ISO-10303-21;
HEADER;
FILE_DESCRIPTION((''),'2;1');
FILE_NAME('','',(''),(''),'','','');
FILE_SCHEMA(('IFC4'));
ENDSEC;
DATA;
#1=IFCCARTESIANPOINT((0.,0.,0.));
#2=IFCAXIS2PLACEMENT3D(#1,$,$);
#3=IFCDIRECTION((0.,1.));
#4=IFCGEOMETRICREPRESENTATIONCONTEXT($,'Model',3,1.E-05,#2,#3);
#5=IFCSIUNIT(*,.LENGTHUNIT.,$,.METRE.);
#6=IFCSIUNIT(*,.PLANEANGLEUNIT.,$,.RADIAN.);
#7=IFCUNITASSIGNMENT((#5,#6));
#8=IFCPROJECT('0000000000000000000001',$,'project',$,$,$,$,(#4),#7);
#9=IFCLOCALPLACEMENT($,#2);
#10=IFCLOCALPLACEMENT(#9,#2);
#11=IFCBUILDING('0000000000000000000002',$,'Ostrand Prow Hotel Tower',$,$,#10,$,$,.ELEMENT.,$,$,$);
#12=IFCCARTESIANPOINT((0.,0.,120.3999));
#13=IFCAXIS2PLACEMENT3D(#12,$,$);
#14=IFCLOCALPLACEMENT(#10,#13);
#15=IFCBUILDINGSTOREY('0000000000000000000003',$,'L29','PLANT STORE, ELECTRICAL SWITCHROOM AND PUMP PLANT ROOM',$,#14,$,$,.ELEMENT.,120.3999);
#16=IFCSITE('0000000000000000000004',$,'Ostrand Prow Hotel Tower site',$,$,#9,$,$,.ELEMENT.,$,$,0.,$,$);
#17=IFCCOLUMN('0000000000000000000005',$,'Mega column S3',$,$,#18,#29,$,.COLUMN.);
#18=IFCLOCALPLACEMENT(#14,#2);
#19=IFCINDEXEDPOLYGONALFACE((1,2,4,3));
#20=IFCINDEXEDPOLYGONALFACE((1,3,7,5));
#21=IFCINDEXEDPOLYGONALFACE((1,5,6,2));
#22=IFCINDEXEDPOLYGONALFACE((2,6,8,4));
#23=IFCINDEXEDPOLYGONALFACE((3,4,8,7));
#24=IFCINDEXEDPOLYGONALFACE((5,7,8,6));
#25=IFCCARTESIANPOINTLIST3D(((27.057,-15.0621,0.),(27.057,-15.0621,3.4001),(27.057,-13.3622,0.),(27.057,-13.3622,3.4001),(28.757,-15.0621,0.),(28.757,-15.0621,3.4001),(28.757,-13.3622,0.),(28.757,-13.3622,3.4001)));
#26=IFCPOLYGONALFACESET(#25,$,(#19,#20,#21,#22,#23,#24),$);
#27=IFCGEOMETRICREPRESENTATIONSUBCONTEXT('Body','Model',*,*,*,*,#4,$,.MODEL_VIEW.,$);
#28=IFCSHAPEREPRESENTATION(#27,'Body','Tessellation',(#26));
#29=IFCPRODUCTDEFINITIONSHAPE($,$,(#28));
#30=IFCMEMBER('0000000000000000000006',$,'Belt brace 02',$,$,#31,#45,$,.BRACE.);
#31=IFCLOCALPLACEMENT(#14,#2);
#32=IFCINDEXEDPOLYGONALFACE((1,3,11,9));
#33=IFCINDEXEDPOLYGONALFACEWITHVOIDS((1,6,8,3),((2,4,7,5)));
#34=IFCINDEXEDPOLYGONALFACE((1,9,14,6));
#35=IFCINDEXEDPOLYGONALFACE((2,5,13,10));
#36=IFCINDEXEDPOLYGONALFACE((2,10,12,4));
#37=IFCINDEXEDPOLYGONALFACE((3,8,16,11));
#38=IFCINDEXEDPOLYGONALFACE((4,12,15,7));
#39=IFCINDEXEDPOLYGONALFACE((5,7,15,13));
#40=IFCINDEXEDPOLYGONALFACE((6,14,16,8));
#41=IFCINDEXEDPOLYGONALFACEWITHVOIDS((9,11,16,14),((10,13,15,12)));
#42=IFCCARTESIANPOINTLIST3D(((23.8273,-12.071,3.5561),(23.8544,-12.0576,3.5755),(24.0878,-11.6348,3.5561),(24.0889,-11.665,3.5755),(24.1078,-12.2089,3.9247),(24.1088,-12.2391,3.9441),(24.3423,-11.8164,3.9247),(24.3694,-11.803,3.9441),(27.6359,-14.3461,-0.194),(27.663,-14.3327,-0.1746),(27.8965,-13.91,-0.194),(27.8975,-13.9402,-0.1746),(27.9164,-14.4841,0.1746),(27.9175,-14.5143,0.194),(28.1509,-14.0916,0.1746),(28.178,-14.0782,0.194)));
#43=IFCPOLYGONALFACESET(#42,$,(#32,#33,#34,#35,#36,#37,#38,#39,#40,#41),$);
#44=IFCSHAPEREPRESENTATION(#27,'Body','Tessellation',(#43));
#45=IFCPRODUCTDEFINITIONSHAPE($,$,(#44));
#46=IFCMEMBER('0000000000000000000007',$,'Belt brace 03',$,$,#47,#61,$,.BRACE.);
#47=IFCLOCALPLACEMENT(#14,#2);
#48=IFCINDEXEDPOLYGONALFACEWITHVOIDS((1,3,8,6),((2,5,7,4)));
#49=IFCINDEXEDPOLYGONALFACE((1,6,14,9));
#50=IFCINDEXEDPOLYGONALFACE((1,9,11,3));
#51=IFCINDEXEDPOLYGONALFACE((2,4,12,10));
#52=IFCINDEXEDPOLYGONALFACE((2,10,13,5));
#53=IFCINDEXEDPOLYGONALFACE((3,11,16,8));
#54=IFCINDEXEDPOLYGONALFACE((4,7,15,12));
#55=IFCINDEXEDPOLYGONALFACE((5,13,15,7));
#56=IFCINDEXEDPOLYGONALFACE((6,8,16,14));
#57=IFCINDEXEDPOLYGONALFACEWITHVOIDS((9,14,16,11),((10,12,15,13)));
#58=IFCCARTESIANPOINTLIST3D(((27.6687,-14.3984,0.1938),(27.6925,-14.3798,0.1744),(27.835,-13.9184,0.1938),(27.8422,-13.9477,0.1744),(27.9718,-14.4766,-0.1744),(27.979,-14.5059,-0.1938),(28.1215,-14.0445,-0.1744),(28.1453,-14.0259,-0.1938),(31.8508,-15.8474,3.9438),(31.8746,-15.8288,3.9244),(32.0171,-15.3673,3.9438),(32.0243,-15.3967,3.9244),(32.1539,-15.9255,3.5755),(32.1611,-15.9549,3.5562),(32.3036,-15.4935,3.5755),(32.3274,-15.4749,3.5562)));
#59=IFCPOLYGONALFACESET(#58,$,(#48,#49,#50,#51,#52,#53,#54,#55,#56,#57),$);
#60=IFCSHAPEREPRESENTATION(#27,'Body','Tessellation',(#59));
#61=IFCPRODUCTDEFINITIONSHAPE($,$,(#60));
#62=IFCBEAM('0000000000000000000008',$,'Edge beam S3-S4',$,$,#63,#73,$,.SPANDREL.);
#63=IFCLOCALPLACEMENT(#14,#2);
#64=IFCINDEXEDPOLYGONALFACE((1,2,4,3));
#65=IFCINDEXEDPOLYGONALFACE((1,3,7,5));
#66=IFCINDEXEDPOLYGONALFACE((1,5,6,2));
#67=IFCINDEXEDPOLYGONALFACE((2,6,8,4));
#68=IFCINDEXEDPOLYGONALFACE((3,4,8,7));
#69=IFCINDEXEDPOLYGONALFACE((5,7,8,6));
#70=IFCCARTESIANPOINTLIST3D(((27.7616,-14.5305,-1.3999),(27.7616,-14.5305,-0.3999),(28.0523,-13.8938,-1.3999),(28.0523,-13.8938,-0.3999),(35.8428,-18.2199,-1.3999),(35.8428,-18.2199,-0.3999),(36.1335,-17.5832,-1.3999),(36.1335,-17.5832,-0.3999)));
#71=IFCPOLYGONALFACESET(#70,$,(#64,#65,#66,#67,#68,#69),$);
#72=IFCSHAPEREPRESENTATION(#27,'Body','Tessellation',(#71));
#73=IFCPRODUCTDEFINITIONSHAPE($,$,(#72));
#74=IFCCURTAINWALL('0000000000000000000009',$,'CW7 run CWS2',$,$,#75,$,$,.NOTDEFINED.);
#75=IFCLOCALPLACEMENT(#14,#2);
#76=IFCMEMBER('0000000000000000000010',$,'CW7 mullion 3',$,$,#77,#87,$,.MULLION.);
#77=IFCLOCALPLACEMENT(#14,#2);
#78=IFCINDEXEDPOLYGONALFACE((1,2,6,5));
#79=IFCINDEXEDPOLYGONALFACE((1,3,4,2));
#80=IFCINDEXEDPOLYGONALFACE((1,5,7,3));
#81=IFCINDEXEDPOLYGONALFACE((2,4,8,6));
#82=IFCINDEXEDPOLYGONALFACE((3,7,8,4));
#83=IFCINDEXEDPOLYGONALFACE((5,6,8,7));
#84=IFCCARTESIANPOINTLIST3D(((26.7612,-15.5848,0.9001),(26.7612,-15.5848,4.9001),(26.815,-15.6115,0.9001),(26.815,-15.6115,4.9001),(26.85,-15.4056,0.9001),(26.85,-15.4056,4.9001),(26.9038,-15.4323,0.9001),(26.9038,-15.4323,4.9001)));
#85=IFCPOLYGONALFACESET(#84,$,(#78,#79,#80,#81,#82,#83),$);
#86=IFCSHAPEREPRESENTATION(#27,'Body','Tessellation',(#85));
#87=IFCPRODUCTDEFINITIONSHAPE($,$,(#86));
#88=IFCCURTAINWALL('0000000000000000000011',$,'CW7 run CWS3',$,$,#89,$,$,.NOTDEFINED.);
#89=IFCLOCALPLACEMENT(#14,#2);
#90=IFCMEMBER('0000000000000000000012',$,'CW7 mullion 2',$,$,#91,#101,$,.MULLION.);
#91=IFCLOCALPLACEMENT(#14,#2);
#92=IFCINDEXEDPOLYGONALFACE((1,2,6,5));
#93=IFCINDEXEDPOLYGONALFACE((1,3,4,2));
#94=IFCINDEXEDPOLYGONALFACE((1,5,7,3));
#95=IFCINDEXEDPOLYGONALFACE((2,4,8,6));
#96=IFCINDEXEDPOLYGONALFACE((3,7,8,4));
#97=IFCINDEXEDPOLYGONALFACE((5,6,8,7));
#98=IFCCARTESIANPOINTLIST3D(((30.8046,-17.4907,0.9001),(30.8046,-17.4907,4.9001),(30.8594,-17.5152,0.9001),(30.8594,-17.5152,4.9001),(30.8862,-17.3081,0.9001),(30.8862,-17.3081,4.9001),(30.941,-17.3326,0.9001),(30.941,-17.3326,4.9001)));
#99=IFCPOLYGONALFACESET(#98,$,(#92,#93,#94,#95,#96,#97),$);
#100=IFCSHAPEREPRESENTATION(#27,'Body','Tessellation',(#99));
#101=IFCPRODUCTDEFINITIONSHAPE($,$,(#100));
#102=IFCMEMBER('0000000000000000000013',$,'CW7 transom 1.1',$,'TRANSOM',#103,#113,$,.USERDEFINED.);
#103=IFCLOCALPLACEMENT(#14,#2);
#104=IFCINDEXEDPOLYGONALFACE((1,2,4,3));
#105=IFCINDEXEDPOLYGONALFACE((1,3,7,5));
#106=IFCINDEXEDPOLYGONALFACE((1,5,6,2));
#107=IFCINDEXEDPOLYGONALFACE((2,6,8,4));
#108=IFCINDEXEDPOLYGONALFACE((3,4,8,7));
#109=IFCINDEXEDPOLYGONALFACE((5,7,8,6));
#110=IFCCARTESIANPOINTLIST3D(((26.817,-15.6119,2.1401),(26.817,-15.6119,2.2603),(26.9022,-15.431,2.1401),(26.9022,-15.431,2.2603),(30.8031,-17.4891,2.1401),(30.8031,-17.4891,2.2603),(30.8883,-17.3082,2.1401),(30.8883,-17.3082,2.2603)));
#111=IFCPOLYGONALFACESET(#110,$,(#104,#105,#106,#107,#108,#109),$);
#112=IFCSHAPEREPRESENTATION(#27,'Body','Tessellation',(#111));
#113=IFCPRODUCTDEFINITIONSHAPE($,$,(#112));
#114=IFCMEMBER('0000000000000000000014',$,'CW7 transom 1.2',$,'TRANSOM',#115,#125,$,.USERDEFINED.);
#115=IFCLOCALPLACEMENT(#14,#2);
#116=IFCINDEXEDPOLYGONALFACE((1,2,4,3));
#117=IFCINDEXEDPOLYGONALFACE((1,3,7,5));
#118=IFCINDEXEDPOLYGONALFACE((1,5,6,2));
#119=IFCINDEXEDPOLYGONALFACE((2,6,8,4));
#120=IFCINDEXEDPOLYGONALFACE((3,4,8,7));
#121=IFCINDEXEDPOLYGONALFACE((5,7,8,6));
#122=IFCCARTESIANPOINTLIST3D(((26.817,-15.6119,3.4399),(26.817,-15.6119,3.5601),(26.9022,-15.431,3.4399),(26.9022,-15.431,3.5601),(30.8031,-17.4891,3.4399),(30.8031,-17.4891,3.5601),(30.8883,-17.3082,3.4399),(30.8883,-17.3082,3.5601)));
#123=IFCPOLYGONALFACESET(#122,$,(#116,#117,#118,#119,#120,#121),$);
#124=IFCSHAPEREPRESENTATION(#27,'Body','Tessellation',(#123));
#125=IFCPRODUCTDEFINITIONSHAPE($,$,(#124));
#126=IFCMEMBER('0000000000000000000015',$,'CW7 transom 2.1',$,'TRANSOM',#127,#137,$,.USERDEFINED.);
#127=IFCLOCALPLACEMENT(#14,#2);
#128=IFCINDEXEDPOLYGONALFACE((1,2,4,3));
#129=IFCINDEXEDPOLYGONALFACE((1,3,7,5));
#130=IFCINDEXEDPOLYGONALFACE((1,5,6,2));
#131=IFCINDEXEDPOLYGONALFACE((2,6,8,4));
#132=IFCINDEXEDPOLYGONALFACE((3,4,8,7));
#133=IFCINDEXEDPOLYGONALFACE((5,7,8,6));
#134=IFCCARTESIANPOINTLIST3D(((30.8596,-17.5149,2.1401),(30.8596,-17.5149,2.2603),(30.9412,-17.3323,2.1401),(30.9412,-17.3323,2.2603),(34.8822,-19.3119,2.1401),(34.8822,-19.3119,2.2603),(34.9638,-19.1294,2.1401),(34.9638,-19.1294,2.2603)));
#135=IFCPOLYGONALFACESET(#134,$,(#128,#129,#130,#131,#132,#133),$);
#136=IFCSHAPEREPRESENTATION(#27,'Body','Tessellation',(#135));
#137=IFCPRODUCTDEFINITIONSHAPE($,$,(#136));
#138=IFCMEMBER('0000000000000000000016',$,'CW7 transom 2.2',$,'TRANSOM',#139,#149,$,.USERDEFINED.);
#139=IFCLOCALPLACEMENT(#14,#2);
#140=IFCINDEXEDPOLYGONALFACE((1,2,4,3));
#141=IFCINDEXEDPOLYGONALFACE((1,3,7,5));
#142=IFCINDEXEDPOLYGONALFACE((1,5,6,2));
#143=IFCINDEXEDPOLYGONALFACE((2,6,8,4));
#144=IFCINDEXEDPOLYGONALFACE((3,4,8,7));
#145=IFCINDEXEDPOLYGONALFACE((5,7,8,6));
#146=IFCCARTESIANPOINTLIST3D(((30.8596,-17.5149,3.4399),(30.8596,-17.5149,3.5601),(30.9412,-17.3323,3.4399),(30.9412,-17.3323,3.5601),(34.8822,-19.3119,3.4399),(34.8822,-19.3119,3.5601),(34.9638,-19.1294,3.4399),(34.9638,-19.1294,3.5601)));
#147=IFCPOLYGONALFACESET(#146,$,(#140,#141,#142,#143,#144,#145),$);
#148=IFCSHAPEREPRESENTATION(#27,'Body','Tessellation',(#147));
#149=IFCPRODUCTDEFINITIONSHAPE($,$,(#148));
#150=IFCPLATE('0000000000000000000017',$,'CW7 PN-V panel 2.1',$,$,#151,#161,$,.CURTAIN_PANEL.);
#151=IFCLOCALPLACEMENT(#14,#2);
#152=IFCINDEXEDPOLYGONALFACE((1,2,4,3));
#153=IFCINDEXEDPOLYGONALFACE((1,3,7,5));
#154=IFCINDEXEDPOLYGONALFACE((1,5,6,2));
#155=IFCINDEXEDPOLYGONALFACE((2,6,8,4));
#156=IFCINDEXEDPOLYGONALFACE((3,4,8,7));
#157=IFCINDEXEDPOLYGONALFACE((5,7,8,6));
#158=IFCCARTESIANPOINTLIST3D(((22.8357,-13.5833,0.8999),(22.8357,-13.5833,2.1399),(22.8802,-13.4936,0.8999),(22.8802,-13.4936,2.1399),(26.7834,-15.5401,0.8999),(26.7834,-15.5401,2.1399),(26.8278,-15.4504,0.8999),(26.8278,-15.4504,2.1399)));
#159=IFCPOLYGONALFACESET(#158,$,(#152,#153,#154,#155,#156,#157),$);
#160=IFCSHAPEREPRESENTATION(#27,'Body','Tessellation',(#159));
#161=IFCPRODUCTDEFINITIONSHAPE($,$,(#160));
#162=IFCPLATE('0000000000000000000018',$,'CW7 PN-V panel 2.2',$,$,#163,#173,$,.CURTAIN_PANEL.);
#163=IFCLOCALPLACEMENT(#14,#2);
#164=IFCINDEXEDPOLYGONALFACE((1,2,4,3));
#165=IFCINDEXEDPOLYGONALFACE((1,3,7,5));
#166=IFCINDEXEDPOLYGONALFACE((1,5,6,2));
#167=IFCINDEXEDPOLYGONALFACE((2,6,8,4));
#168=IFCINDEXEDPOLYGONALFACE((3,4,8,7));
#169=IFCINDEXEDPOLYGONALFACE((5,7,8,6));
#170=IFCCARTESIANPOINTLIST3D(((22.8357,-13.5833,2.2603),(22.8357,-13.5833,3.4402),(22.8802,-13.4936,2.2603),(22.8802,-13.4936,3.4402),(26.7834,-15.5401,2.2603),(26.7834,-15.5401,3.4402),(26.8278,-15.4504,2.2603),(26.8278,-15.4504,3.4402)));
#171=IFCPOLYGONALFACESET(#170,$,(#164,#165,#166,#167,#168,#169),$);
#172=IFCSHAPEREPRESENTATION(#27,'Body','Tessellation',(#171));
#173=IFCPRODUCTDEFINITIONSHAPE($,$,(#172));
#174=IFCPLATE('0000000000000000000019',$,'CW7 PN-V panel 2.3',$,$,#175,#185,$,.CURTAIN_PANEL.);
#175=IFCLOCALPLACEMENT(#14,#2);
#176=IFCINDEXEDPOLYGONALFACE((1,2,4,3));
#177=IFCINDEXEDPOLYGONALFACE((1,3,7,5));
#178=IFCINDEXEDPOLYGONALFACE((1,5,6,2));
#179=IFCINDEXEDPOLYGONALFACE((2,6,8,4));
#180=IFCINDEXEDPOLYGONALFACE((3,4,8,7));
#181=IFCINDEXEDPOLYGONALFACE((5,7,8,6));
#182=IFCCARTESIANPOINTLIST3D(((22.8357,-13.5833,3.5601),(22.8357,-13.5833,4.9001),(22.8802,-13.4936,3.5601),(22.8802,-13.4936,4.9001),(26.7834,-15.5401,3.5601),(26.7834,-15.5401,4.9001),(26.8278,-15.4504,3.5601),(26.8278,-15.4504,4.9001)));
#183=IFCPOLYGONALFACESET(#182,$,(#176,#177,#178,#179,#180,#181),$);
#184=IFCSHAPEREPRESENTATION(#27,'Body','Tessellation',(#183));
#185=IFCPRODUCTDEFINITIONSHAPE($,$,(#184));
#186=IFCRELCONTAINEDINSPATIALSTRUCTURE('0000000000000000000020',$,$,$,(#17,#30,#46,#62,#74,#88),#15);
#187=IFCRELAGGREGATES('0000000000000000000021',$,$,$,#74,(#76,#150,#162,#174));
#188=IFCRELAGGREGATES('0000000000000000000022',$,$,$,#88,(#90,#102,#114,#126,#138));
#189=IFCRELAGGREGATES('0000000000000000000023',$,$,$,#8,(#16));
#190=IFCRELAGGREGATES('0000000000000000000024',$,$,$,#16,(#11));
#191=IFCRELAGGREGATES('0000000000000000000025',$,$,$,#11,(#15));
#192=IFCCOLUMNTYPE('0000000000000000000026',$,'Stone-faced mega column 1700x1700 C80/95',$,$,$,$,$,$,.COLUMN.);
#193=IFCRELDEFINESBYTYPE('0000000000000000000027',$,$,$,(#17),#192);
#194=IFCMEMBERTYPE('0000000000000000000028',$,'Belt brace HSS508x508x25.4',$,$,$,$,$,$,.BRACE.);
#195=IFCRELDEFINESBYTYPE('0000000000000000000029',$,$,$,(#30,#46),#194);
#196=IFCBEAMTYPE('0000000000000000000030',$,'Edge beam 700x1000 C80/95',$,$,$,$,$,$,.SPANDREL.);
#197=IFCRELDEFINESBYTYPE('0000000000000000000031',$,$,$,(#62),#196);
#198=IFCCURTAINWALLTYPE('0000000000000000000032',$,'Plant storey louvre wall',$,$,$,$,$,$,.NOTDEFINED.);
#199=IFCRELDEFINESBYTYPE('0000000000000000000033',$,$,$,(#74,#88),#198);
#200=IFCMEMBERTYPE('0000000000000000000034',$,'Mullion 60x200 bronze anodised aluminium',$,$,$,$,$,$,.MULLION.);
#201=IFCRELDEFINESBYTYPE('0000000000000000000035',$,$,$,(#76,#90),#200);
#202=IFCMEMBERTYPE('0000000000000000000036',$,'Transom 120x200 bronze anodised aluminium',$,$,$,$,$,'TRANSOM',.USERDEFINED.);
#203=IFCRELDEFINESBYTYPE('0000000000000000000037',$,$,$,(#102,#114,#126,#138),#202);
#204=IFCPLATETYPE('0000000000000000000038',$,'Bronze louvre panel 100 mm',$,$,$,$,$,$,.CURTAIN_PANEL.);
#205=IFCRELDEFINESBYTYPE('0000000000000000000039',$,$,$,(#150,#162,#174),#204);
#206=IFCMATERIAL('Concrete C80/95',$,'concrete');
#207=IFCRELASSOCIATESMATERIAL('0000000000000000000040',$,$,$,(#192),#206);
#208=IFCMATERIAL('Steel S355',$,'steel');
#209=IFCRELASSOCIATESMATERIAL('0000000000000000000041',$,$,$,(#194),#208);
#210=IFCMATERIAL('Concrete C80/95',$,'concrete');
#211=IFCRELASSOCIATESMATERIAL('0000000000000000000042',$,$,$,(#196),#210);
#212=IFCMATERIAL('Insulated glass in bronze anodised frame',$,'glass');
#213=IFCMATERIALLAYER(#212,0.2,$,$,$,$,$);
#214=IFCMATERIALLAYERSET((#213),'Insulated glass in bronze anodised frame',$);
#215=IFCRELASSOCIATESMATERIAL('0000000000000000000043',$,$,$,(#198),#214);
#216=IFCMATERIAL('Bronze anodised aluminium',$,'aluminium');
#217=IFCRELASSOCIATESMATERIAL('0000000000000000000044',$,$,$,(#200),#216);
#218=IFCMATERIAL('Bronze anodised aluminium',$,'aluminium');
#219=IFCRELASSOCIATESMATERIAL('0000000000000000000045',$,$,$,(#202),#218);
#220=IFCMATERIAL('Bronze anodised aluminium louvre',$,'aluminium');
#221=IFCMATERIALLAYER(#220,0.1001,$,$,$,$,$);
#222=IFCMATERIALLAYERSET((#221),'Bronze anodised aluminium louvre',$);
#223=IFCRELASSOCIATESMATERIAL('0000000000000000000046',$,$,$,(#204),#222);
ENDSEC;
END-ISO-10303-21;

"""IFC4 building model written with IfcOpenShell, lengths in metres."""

from ifc_helpers import new_model, si_unit, direction, frame, origin, origin_2d, place, context, subcontext, project, spatial, rectangle, hollow_rectangle, extrude, material, layer, layer_set, material_profile, profile_set, type_object, element, aggregate, save


model = new_model("IFC4")

# Units and contexts
model_context = context("Model", 3, precision=1e-05, world=origin(), true_north=direction((0.0, 1.0)))
body_context = subcontext(model_context, "Body", "Model", "MODEL_VIEW")
ifc_project = project(units=[si_unit("LENGTHUNIT", "METRE"), si_unit("PLANEANGLEUNIT", "RADIAN")], contexts=[model_context])

# Site, building, storey
site_placement = place(None, origin())
site = spatial("IfcSite", under=ifc_project, at=site_placement, Name="Ostrand Prow Hotel Tower site", CompositionType="ELEMENT", RefElevation=0.0)
building_placement = place(site_placement, origin())
building = spatial("IfcBuilding", under=site, at=building_placement, Name="Ostrand Prow Hotel Tower", CompositionType="ELEMENT")
storey_placement = place(building_placement, frame((0.0, 0.0, 120.3999)))
storey = spatial("IfcBuildingStorey", under=building, at=storey_placement, Name="L29", Description="PLANT STORE, ELECTRICAL SWITCHROOM AND PUMP PLANT ROOM", CompositionType="ELEMENT", Elevation=120.3999)

# Column
ifc_material_1 = material(Name="Concrete C80/95", Category="concrete")
ifc_material_profile_1 = material_profile(ifc_material_1, rectangle(XDim=1.7, YDim=1.7, at=origin_2d()), Name="RC 1700x1700")
ifc_profile_set_1 = profile_set([ifc_material_profile_1], Name="Concrete C80/95")
column_type = type_object("IfcColumnType", Name="Stone-faced mega column 1700x1700 C80/95", PredefinedType="COLUMN", material=ifc_profile_set_1)
column_placement = place(storey_placement, frame((27.907, -14.2122, 0.0), z_axis=(0.0, 0.0, 1.0), x_axis=(1.0, 0.0, 0.0)))
element("IfcColumn", 1, at=column_placement, inside=storey, type_object=column_type, Name="Mega column S3", PredefinedType="COLUMN", context=body_context, shape_type="SweptSolid", body=[
    extrude(rectangle(XDim=1.7, YDim=1.7, at=origin_2d()), origin(), (0.0, 0.0, 1.0), 3.4001),
])

# Members
ifc_material_2 = material(Name="Steel S355", Category="steel")
ifc_material_profile_2 = material_profile(ifc_material_2, hollow_rectangle(XDim=0.5081, YDim=0.5081, WallThickness=0.0254, at=origin_2d()), Name="HSS508x508x25.4")
ifc_profile_set_2 = profile_set([ifc_material_profile_2], Name="Steel S355")
member_type_1 = type_object("IfcMemberType", Name="Belt brace HSS508x508x25.4", PredefinedType="BRACE", material=ifc_profile_set_2)
member_1_placement = place(storey_placement, frame((27.907, -14.2122, 0.0), z_axis=(-0.65564, 0.391661, 0.645553), x_axis=(-0.512836, -0.858487, 0.0)))
element("IfcMember", 2, at=member_1_placement, inside=storey, type_object=member_type_1, Name="Belt brace 02", PredefinedType="BRACE", context=body_context, shape_type="SweptSolid", body=[
    extrude(hollow_rectangle(XDim=0.5081, YDim=0.5081, WallThickness=0.0254, at=origin_2d()), origin(), (0.0, 0.0, 1.0), 5.8091),
])
member_2_placement = place(storey_placement, frame((27.907, -14.2122, 0.0), z_axis=(0.720926, -0.249778, 0.646434), x_axis=(0.327376, 0.944894, 0.0)))
element("IfcMember", 3, at=member_2_placement, inside=storey, type_object=member_type_1, Name="Belt brace 03", PredefinedType="BRACE", context=body_context, shape_type="SweptSolid", body=[
    extrude(hollow_rectangle(XDim=0.5081, YDim=0.5081, WallThickness=0.0254, at=origin_2d()), origin(), (0.0, 0.0, 1.0), 5.801),
])

# Beam
ifc_material_3 = material(Name="Concrete C80/95", Category="concrete")
ifc_material_profile_3 = material_profile(ifc_material_3, rectangle(XDim=0.7, YDim=1.0, at=origin_2d()), Name="RC 700x1000")
ifc_profile_set_3 = profile_set([ifc_material_profile_3], Name="Concrete C80/95")
beam_type = type_object("IfcBeamType", Name="Edge beam 700x1000 C80/95", PredefinedType="SPANDREL", material=ifc_profile_set_3)
beam_placement = place(storey_placement, frame((27.907, -14.2122, -0.8999), z_axis=(0.909681, -0.415308, 0.0), x_axis=(0.415308, 0.909681, 0.0)))
element("IfcBeam", 4, at=beam_placement, inside=storey, type_object=beam_type, Name="Edge beam S3-S4", PredefinedType="SPANDREL", context=body_context, shape_type="SweptSolid", body=[
    extrude(rectangle(XDim=0.7, YDim=1.0, at=origin_2d()), origin(), (0.0, 0.0, 1.0), 8.8835),
])

# Curtain wall, member
ifc_material_4 = material(Name="Insulated glass in bronze anodised frame", Category="glass")
ifc_layer_1 = layer(ifc_material_4, 0.2)
ifc_layer_set_1 = layer_set([ifc_layer_1], Name="Insulated glass in bronze anodised frame")
curtain_wall_type = type_object("IfcCurtainWallType", Name="Plant storey louvre wall", PredefinedType="NOTDEFINED", material=ifc_layer_set_1)
curtain_wall_1_placement = place(storey_placement, origin())
curtain_wall_1 = element("IfcCurtainWall", 5, at=curtain_wall_1_placement, inside=storey, type_object=curtain_wall_type, Name="CW7 run CWS2", PredefinedType="NOTDEFINED")
ifc_material_5 = material(Name="Bronze anodised aluminium", Category="aluminium")
ifc_material_profile_4 = material_profile(ifc_material_5, rectangle(XDim=0.2, YDim=0.0601, at=origin_2d()), Name="Mullion 60x200 bronze anodised aluminium")
ifc_profile_set_4 = profile_set([ifc_material_profile_4], Name="Bronze anodised aluminium")
member_type_2 = type_object("IfcMemberType", Name="Mullion 60x200 bronze anodised aluminium", PredefinedType="MULLION", material=ifc_profile_set_4)
member_3_placement = place(storey_placement, frame((26.8325, -15.5085, 0.9001), z_axis=(0.0, 0.0, 1.0), x_axis=(0.444113, 0.895971, 0.0)))
member_3 = element("IfcMember", 6, at=member_3_placement, type_object=member_type_2, Name="CW7 mullion 3", PredefinedType="MULLION", context=body_context, shape_type="SweptSolid", body=[
    extrude(rectangle(XDim=0.2, YDim=0.0601, at=origin_2d()), origin(), (0.0, 0.0, 1.0), 4.0),
])

# Curtain wall, members
curtain_wall_2_placement = place(storey_placement, origin())
curtain_wall_2 = element("IfcCurtainWall", 7, at=curtain_wall_2_placement, inside=storey, type_object=curtain_wall_type, Name="CW7 run CWS3", PredefinedType="NOTDEFINED")
member_4_placement = place(storey_placement, frame((30.8728, -17.4116, 0.9001), z_axis=(0.0, 0.0, 1.0), x_axis=(0.407875, 0.913038, 0.0)))
member_4 = element("IfcMember", 8, at=member_4_placement, type_object=member_type_2, Name="CW7 mullion 2", PredefinedType="MULLION", context=body_context, shape_type="SweptSolid", body=[
    extrude(rectangle(XDim=0.2, YDim=0.0601, at=origin_2d()), origin(), (0.0, 0.0, 1.0), 4.0),
])
ifc_material_6 = material(Name="Bronze anodised aluminium", Category="aluminium")
ifc_material_profile_5 = material_profile(ifc_material_6, rectangle(XDim=0.2, YDim=0.1201, at=origin_2d()), Name="Transom 120x200 bronze anodised aluminium")
ifc_profile_set_5 = profile_set([ifc_material_profile_5], Name="Bronze anodised aluminium")
member_type_3 = type_object("IfcMemberType", Name="Transom 120x200 bronze anodised aluminium", ElementType="TRANSOM", PredefinedType="USERDEFINED", material=ifc_profile_set_5)
member_5_placement = place(storey_placement, frame((26.8596, -15.5215, 2.2002), z_axis=(0.904697, -0.426056, 0.0), x_axis=(0.426056, 0.904697, 0.0)))
member_5 = element("IfcMember", 9, at=member_5_placement, type_object=member_type_3, Name="CW7 transom 1.1", ObjectType="TRANSOM", PredefinedType="USERDEFINED", context=body_context, shape_type="SweptSolid", body=[
    extrude(rectangle(XDim=0.2, YDim=0.1201, at=origin_2d()), origin(), (0.0, 0.0, 1.0), 4.406),
])
member_6_placement = place(storey_placement, frame((26.8596, -15.5215, 3.5), z_axis=(0.904697, -0.426056, 0.0), x_axis=(0.426056, 0.904697, 0.0)))
member_6 = element("IfcMember", 10, at=member_6_placement, type_object=member_type_3, Name="CW7 transom 1.2", ObjectType="TRANSOM", PredefinedType="USERDEFINED", context=body_context, shape_type="SweptSolid", body=[
    extrude(rectangle(XDim=0.2, YDim=0.1201, at=origin_2d()), origin(), (0.0, 0.0, 1.0), 4.406),
])
member_7_placement = place(storey_placement, frame((30.9004, -17.4236, 2.2002), z_axis=(0.913031, -0.407891, 0.0), x_axis=(0.407891, 0.913031, 0.0)))
member_7 = element("IfcMember", 11, at=member_7_placement, type_object=member_type_3, Name="CW7 transom 2.1", ObjectType="TRANSOM", PredefinedType="USERDEFINED", context=body_context, shape_type="SweptSolid", body=[
    extrude(rectangle(XDim=0.2, YDim=0.1201, at=origin_2d()), origin(), (0.0, 0.0, 1.0), 4.4058),
])
member_8_placement = place(storey_placement, frame((30.9004, -17.4236, 3.5), z_axis=(0.913031, -0.407891, 0.0), x_axis=(0.407891, 0.913031, 0.0)))
member_8 = element("IfcMember", 12, at=member_8_placement, type_object=member_type_3, Name="CW7 transom 2.2", ObjectType="TRANSOM", PredefinedType="USERDEFINED", context=body_context, shape_type="SweptSolid", body=[
    extrude(rectangle(XDim=0.2, YDim=0.1201, at=origin_2d()), origin(), (0.0, 0.0, 1.0), 4.4058),
])

# Plates
ifc_material_7 = material(Name="Bronze anodised aluminium louvre", Category="aluminium")
ifc_layer_2 = layer(ifc_material_7, 0.1001)
ifc_layer_set_2 = layer_set([ifc_layer_2], Name="Bronze anodised aluminium louvre")
plate_type = type_object("IfcPlateType", Name="Bronze louvre panel 100 mm", PredefinedType="CURTAIN_PANEL", material=ifc_layer_set_2)
plate_1_placement = place(storey_placement, frame((24.8318, -14.5168, 0.8999), z_axis=(0.0, 0.0, 1.0), x_axis=(0.895971, -0.444113, 0.0)))
plate_1 = element("IfcPlate", 13, at=plate_1_placement, type_object=plate_type, Name="CW7 PN-V panel 2.1", PredefinedType="CURTAIN_PANEL", context=body_context, shape_type="SweptSolid", body=[
    extrude(rectangle(XDim=4.406, YDim=0.1001, at=origin_2d()), origin(), (0.0, 0.0, 1.0), 1.24),
])
plate_2_placement = place(storey_placement, frame((24.8318, -14.5168, 2.2603), z_axis=(0.0, 0.0, 1.0), x_axis=(0.895971, -0.444113, 0.0)))
plate_2 = element("IfcPlate", 14, at=plate_2_placement, type_object=plate_type, Name="CW7 PN-V panel 2.2", PredefinedType="CURTAIN_PANEL", context=body_context, shape_type="SweptSolid", body=[
    extrude(rectangle(XDim=4.406, YDim=0.1001, at=origin_2d()), origin(), (0.0, 0.0, 1.0), 1.1799),
])
plate_3_placement = place(storey_placement, frame((24.8318, -14.5168, 3.5601), z_axis=(0.0, 0.0, 1.0), x_axis=(0.895971, -0.444113, 0.0)))
plate_3 = element("IfcPlate", 15, at=plate_3_placement, type_object=plate_type, Name="CW7 PN-V panel 2.3", PredefinedType="CURTAIN_PANEL", context=body_context, shape_type="SweptSolid", body=[
    extrude(rectangle(XDim=4.406, YDim=0.1001, at=origin_2d()), origin(), (0.0, 0.0, 1.0), 1.3401),
])
aggregate(curtain_wall_1, [member_3, plate_1, plate_2, plate_3])
aggregate(curtain_wall_2, [member_4, member_5, member_6, member_7, member_8])

save(model, "model.ifc")
